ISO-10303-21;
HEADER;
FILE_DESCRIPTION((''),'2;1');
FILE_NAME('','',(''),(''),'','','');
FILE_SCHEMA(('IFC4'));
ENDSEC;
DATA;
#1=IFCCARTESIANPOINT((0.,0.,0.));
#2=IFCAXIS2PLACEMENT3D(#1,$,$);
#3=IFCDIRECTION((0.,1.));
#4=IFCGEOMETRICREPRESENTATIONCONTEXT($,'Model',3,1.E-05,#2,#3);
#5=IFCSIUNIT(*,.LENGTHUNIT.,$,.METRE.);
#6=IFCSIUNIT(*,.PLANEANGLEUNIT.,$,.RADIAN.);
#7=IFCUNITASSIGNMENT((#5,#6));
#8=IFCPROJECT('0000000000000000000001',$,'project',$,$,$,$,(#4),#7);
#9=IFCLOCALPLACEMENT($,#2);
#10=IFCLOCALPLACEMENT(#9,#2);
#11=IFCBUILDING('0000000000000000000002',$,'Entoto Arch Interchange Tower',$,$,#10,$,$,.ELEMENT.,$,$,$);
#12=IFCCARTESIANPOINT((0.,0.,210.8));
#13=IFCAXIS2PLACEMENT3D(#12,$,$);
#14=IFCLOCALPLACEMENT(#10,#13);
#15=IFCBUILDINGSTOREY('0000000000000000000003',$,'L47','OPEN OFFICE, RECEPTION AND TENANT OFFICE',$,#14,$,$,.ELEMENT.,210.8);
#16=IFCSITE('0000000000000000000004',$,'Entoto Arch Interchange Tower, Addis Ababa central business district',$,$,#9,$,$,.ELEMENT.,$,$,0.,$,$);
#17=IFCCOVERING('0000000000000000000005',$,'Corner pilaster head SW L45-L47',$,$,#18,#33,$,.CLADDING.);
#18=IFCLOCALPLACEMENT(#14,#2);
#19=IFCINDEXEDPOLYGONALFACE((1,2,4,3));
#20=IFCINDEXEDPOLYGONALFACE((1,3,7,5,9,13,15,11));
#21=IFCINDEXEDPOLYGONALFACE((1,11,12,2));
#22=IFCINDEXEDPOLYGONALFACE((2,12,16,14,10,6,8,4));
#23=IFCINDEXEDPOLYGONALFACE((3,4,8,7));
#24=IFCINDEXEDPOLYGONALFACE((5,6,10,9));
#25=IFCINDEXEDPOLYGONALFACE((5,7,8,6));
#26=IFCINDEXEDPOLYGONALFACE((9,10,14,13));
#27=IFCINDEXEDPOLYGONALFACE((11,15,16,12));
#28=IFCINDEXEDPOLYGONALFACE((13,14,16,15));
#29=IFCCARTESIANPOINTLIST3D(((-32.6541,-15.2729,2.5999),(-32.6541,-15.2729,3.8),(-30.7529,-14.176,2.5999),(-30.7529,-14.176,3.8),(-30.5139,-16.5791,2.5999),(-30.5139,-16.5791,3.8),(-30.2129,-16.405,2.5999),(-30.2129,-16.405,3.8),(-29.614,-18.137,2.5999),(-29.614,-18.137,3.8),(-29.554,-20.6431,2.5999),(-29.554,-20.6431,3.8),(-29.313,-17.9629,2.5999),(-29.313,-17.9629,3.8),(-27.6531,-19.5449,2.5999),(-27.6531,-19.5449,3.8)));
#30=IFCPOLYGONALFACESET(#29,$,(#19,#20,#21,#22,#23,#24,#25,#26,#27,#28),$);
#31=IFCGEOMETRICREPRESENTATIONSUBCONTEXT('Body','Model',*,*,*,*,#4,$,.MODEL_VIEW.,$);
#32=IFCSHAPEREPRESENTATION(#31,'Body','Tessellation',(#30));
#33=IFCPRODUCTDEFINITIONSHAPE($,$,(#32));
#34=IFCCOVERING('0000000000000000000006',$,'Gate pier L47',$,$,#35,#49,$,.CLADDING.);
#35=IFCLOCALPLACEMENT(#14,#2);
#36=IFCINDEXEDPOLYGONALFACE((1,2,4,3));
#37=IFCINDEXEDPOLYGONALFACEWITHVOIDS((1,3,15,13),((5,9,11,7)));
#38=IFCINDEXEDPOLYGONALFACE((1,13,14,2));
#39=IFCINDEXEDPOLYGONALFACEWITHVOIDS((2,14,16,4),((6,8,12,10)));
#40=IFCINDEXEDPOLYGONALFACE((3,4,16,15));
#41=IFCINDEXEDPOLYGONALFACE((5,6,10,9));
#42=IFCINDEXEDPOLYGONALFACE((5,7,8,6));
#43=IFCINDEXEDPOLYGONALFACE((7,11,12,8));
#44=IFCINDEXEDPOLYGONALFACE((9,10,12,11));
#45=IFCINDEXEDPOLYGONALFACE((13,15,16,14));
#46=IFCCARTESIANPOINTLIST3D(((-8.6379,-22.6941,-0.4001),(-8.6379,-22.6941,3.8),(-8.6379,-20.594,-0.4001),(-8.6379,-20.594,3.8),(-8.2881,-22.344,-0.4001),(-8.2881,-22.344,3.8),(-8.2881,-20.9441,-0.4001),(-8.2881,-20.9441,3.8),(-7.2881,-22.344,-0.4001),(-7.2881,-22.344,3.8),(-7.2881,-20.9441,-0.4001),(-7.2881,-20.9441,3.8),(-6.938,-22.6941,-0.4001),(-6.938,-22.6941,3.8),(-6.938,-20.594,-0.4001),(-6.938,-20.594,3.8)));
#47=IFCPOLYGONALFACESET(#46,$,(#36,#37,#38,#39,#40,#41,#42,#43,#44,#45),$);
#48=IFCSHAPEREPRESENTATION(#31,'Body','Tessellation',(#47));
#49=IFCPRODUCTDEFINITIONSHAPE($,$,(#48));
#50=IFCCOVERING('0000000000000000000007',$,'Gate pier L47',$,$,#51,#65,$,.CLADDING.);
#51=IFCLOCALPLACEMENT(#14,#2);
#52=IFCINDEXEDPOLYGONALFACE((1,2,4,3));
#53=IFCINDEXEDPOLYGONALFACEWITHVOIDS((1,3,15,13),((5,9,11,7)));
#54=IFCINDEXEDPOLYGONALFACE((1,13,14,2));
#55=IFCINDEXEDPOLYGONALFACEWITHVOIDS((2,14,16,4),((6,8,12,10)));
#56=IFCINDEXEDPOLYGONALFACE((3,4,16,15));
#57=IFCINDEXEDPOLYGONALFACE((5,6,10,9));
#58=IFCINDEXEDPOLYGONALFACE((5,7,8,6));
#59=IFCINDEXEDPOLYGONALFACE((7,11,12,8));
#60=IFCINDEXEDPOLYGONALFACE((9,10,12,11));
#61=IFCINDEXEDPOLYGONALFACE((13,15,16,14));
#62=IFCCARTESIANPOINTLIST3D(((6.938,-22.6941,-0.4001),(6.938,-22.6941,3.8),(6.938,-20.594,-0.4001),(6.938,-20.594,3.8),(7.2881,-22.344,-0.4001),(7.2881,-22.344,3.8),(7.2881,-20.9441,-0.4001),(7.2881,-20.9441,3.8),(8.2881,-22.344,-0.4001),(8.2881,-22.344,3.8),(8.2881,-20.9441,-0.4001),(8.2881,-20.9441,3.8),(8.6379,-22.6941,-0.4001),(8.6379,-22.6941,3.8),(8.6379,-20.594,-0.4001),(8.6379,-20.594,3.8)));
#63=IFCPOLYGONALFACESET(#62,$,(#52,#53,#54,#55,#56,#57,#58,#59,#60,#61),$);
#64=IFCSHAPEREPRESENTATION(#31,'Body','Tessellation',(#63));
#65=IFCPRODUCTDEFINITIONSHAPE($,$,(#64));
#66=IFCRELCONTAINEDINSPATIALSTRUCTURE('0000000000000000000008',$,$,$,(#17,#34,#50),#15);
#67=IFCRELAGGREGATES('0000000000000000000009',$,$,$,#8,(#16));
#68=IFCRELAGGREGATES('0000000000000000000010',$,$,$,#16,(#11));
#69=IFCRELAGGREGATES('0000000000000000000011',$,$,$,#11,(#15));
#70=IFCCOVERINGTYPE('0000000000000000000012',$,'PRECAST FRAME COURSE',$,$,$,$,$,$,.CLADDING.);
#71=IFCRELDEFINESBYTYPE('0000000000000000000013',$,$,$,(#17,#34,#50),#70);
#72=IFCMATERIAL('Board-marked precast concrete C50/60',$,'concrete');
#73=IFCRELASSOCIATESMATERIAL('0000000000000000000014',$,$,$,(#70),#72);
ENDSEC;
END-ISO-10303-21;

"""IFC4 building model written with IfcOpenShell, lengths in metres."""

from ifc_helpers import new_model, si_unit, direction, frame, origin, place, context, subcontext, project, spatial, polyline, outline, extrude, material, type_object, element, save


model = new_model("IFC4")

# Units and contexts
model_context = context("Model", 3, precision=1e-05, world=origin(), true_north=direction((0.0, 1.0)))
body_context = subcontext(model_context, "Body", "Model", "MODEL_VIEW")
ifc_project = project(units=[si_unit("LENGTHUNIT", "METRE"), si_unit("PLANEANGLEUNIT", "RADIAN")], contexts=[model_context])

# Site, building, storey
site_placement = place(None, origin())
site = spatial("IfcSite", under=ifc_project, at=site_placement, Name="Entoto Arch Interchange Tower, Addis Ababa central business district", CompositionType="ELEMENT", RefElevation=0.0)
building_placement = place(site_placement, origin())
building = spatial("IfcBuilding", under=site, at=building_placement, Name="Entoto Arch Interchange Tower", CompositionType="ELEMENT")
storey_placement = place(building_placement, frame((0.0, 0.0, 210.8)))
storey = spatial("IfcBuildingStorey", under=building, at=storey_placement, Name="L47", Description="OPEN OFFICE, RECEPTION AND TENANT OFFICE", CompositionType="ELEMENT", Elevation=210.8)

# Shared definitions
ifc_material_1 = material(Name="Board-marked precast concrete C50/60", Category="concrete")

# Coverings
covering_type = type_object("IfcCoveringType", Name="PRECAST FRAME COURSE", PredefinedType="CLADDING", material=ifc_material_1)
covering_1_placement = place(storey_placement, frame((0.0, 0.0, 2.5999)))
element("IfcCovering", 1, at=covering_1_placement, inside=storey, type_object=covering_type, Name="Corner pilaster head SW L45-L47", PredefinedType="CLADDING", context=body_context, shape_type="SweptSolid", body=[
    extrude(outline(polyline([(-29.554, -20.6431), (-32.6541, -15.2729), (-30.7529, -14.176), (-30.2129, -16.405), (-30.5139, -16.5791), (-29.614, -18.137), (-29.313, -17.9629), (-27.6531, -19.5449), (-29.554, -20.6431)])), origin(), (0.0, 0.0, 1.0), 1.2002),
])
covering_2_placement = place(storey_placement, frame((0.0, 0.0, -0.4001)))
element("IfcCovering", 2, at=covering_2_placement, inside=storey, type_object=covering_type, Name="Gate pier L47", PredefinedType="CLADDING", context=body_context, shape_type="SweptSolid", body=[
    extrude(outline(polyline([(-8.6379, -20.594), (-6.938, -20.594), (-6.938, -22.6941), (-8.6379, -22.6941), (-8.6379, -20.594)]), holes=[polyline([(-8.2881, -20.9441), (-8.2881, -22.344), (-7.2881, -22.344), (-7.2881, -20.9441), (-8.2881, -20.9441)])]), origin(), (0.0, 0.0, 1.0), 4.2002),
])
covering_3_placement = place(storey_placement, frame((0.0, 0.0, -0.4001)))
element("IfcCovering", 3, at=covering_3_placement, inside=storey, type_object=covering_type, Name="Gate pier L47", PredefinedType="CLADDING", context=body_context, shape_type="SweptSolid", body=[
    extrude(outline(polyline([(6.938, -20.594), (8.6379, -20.594), (8.6379, -22.6941), (6.938, -22.6941), (6.938, -20.594)]), holes=[polyline([(7.2881, -20.9441), (7.2881, -22.344), (8.2881, -22.344), (8.2881, -20.9441), (7.2881, -20.9441)])]), origin(), (0.0, 0.0, 1.0), 4.2002),
])

save(model, "model.ifc")
